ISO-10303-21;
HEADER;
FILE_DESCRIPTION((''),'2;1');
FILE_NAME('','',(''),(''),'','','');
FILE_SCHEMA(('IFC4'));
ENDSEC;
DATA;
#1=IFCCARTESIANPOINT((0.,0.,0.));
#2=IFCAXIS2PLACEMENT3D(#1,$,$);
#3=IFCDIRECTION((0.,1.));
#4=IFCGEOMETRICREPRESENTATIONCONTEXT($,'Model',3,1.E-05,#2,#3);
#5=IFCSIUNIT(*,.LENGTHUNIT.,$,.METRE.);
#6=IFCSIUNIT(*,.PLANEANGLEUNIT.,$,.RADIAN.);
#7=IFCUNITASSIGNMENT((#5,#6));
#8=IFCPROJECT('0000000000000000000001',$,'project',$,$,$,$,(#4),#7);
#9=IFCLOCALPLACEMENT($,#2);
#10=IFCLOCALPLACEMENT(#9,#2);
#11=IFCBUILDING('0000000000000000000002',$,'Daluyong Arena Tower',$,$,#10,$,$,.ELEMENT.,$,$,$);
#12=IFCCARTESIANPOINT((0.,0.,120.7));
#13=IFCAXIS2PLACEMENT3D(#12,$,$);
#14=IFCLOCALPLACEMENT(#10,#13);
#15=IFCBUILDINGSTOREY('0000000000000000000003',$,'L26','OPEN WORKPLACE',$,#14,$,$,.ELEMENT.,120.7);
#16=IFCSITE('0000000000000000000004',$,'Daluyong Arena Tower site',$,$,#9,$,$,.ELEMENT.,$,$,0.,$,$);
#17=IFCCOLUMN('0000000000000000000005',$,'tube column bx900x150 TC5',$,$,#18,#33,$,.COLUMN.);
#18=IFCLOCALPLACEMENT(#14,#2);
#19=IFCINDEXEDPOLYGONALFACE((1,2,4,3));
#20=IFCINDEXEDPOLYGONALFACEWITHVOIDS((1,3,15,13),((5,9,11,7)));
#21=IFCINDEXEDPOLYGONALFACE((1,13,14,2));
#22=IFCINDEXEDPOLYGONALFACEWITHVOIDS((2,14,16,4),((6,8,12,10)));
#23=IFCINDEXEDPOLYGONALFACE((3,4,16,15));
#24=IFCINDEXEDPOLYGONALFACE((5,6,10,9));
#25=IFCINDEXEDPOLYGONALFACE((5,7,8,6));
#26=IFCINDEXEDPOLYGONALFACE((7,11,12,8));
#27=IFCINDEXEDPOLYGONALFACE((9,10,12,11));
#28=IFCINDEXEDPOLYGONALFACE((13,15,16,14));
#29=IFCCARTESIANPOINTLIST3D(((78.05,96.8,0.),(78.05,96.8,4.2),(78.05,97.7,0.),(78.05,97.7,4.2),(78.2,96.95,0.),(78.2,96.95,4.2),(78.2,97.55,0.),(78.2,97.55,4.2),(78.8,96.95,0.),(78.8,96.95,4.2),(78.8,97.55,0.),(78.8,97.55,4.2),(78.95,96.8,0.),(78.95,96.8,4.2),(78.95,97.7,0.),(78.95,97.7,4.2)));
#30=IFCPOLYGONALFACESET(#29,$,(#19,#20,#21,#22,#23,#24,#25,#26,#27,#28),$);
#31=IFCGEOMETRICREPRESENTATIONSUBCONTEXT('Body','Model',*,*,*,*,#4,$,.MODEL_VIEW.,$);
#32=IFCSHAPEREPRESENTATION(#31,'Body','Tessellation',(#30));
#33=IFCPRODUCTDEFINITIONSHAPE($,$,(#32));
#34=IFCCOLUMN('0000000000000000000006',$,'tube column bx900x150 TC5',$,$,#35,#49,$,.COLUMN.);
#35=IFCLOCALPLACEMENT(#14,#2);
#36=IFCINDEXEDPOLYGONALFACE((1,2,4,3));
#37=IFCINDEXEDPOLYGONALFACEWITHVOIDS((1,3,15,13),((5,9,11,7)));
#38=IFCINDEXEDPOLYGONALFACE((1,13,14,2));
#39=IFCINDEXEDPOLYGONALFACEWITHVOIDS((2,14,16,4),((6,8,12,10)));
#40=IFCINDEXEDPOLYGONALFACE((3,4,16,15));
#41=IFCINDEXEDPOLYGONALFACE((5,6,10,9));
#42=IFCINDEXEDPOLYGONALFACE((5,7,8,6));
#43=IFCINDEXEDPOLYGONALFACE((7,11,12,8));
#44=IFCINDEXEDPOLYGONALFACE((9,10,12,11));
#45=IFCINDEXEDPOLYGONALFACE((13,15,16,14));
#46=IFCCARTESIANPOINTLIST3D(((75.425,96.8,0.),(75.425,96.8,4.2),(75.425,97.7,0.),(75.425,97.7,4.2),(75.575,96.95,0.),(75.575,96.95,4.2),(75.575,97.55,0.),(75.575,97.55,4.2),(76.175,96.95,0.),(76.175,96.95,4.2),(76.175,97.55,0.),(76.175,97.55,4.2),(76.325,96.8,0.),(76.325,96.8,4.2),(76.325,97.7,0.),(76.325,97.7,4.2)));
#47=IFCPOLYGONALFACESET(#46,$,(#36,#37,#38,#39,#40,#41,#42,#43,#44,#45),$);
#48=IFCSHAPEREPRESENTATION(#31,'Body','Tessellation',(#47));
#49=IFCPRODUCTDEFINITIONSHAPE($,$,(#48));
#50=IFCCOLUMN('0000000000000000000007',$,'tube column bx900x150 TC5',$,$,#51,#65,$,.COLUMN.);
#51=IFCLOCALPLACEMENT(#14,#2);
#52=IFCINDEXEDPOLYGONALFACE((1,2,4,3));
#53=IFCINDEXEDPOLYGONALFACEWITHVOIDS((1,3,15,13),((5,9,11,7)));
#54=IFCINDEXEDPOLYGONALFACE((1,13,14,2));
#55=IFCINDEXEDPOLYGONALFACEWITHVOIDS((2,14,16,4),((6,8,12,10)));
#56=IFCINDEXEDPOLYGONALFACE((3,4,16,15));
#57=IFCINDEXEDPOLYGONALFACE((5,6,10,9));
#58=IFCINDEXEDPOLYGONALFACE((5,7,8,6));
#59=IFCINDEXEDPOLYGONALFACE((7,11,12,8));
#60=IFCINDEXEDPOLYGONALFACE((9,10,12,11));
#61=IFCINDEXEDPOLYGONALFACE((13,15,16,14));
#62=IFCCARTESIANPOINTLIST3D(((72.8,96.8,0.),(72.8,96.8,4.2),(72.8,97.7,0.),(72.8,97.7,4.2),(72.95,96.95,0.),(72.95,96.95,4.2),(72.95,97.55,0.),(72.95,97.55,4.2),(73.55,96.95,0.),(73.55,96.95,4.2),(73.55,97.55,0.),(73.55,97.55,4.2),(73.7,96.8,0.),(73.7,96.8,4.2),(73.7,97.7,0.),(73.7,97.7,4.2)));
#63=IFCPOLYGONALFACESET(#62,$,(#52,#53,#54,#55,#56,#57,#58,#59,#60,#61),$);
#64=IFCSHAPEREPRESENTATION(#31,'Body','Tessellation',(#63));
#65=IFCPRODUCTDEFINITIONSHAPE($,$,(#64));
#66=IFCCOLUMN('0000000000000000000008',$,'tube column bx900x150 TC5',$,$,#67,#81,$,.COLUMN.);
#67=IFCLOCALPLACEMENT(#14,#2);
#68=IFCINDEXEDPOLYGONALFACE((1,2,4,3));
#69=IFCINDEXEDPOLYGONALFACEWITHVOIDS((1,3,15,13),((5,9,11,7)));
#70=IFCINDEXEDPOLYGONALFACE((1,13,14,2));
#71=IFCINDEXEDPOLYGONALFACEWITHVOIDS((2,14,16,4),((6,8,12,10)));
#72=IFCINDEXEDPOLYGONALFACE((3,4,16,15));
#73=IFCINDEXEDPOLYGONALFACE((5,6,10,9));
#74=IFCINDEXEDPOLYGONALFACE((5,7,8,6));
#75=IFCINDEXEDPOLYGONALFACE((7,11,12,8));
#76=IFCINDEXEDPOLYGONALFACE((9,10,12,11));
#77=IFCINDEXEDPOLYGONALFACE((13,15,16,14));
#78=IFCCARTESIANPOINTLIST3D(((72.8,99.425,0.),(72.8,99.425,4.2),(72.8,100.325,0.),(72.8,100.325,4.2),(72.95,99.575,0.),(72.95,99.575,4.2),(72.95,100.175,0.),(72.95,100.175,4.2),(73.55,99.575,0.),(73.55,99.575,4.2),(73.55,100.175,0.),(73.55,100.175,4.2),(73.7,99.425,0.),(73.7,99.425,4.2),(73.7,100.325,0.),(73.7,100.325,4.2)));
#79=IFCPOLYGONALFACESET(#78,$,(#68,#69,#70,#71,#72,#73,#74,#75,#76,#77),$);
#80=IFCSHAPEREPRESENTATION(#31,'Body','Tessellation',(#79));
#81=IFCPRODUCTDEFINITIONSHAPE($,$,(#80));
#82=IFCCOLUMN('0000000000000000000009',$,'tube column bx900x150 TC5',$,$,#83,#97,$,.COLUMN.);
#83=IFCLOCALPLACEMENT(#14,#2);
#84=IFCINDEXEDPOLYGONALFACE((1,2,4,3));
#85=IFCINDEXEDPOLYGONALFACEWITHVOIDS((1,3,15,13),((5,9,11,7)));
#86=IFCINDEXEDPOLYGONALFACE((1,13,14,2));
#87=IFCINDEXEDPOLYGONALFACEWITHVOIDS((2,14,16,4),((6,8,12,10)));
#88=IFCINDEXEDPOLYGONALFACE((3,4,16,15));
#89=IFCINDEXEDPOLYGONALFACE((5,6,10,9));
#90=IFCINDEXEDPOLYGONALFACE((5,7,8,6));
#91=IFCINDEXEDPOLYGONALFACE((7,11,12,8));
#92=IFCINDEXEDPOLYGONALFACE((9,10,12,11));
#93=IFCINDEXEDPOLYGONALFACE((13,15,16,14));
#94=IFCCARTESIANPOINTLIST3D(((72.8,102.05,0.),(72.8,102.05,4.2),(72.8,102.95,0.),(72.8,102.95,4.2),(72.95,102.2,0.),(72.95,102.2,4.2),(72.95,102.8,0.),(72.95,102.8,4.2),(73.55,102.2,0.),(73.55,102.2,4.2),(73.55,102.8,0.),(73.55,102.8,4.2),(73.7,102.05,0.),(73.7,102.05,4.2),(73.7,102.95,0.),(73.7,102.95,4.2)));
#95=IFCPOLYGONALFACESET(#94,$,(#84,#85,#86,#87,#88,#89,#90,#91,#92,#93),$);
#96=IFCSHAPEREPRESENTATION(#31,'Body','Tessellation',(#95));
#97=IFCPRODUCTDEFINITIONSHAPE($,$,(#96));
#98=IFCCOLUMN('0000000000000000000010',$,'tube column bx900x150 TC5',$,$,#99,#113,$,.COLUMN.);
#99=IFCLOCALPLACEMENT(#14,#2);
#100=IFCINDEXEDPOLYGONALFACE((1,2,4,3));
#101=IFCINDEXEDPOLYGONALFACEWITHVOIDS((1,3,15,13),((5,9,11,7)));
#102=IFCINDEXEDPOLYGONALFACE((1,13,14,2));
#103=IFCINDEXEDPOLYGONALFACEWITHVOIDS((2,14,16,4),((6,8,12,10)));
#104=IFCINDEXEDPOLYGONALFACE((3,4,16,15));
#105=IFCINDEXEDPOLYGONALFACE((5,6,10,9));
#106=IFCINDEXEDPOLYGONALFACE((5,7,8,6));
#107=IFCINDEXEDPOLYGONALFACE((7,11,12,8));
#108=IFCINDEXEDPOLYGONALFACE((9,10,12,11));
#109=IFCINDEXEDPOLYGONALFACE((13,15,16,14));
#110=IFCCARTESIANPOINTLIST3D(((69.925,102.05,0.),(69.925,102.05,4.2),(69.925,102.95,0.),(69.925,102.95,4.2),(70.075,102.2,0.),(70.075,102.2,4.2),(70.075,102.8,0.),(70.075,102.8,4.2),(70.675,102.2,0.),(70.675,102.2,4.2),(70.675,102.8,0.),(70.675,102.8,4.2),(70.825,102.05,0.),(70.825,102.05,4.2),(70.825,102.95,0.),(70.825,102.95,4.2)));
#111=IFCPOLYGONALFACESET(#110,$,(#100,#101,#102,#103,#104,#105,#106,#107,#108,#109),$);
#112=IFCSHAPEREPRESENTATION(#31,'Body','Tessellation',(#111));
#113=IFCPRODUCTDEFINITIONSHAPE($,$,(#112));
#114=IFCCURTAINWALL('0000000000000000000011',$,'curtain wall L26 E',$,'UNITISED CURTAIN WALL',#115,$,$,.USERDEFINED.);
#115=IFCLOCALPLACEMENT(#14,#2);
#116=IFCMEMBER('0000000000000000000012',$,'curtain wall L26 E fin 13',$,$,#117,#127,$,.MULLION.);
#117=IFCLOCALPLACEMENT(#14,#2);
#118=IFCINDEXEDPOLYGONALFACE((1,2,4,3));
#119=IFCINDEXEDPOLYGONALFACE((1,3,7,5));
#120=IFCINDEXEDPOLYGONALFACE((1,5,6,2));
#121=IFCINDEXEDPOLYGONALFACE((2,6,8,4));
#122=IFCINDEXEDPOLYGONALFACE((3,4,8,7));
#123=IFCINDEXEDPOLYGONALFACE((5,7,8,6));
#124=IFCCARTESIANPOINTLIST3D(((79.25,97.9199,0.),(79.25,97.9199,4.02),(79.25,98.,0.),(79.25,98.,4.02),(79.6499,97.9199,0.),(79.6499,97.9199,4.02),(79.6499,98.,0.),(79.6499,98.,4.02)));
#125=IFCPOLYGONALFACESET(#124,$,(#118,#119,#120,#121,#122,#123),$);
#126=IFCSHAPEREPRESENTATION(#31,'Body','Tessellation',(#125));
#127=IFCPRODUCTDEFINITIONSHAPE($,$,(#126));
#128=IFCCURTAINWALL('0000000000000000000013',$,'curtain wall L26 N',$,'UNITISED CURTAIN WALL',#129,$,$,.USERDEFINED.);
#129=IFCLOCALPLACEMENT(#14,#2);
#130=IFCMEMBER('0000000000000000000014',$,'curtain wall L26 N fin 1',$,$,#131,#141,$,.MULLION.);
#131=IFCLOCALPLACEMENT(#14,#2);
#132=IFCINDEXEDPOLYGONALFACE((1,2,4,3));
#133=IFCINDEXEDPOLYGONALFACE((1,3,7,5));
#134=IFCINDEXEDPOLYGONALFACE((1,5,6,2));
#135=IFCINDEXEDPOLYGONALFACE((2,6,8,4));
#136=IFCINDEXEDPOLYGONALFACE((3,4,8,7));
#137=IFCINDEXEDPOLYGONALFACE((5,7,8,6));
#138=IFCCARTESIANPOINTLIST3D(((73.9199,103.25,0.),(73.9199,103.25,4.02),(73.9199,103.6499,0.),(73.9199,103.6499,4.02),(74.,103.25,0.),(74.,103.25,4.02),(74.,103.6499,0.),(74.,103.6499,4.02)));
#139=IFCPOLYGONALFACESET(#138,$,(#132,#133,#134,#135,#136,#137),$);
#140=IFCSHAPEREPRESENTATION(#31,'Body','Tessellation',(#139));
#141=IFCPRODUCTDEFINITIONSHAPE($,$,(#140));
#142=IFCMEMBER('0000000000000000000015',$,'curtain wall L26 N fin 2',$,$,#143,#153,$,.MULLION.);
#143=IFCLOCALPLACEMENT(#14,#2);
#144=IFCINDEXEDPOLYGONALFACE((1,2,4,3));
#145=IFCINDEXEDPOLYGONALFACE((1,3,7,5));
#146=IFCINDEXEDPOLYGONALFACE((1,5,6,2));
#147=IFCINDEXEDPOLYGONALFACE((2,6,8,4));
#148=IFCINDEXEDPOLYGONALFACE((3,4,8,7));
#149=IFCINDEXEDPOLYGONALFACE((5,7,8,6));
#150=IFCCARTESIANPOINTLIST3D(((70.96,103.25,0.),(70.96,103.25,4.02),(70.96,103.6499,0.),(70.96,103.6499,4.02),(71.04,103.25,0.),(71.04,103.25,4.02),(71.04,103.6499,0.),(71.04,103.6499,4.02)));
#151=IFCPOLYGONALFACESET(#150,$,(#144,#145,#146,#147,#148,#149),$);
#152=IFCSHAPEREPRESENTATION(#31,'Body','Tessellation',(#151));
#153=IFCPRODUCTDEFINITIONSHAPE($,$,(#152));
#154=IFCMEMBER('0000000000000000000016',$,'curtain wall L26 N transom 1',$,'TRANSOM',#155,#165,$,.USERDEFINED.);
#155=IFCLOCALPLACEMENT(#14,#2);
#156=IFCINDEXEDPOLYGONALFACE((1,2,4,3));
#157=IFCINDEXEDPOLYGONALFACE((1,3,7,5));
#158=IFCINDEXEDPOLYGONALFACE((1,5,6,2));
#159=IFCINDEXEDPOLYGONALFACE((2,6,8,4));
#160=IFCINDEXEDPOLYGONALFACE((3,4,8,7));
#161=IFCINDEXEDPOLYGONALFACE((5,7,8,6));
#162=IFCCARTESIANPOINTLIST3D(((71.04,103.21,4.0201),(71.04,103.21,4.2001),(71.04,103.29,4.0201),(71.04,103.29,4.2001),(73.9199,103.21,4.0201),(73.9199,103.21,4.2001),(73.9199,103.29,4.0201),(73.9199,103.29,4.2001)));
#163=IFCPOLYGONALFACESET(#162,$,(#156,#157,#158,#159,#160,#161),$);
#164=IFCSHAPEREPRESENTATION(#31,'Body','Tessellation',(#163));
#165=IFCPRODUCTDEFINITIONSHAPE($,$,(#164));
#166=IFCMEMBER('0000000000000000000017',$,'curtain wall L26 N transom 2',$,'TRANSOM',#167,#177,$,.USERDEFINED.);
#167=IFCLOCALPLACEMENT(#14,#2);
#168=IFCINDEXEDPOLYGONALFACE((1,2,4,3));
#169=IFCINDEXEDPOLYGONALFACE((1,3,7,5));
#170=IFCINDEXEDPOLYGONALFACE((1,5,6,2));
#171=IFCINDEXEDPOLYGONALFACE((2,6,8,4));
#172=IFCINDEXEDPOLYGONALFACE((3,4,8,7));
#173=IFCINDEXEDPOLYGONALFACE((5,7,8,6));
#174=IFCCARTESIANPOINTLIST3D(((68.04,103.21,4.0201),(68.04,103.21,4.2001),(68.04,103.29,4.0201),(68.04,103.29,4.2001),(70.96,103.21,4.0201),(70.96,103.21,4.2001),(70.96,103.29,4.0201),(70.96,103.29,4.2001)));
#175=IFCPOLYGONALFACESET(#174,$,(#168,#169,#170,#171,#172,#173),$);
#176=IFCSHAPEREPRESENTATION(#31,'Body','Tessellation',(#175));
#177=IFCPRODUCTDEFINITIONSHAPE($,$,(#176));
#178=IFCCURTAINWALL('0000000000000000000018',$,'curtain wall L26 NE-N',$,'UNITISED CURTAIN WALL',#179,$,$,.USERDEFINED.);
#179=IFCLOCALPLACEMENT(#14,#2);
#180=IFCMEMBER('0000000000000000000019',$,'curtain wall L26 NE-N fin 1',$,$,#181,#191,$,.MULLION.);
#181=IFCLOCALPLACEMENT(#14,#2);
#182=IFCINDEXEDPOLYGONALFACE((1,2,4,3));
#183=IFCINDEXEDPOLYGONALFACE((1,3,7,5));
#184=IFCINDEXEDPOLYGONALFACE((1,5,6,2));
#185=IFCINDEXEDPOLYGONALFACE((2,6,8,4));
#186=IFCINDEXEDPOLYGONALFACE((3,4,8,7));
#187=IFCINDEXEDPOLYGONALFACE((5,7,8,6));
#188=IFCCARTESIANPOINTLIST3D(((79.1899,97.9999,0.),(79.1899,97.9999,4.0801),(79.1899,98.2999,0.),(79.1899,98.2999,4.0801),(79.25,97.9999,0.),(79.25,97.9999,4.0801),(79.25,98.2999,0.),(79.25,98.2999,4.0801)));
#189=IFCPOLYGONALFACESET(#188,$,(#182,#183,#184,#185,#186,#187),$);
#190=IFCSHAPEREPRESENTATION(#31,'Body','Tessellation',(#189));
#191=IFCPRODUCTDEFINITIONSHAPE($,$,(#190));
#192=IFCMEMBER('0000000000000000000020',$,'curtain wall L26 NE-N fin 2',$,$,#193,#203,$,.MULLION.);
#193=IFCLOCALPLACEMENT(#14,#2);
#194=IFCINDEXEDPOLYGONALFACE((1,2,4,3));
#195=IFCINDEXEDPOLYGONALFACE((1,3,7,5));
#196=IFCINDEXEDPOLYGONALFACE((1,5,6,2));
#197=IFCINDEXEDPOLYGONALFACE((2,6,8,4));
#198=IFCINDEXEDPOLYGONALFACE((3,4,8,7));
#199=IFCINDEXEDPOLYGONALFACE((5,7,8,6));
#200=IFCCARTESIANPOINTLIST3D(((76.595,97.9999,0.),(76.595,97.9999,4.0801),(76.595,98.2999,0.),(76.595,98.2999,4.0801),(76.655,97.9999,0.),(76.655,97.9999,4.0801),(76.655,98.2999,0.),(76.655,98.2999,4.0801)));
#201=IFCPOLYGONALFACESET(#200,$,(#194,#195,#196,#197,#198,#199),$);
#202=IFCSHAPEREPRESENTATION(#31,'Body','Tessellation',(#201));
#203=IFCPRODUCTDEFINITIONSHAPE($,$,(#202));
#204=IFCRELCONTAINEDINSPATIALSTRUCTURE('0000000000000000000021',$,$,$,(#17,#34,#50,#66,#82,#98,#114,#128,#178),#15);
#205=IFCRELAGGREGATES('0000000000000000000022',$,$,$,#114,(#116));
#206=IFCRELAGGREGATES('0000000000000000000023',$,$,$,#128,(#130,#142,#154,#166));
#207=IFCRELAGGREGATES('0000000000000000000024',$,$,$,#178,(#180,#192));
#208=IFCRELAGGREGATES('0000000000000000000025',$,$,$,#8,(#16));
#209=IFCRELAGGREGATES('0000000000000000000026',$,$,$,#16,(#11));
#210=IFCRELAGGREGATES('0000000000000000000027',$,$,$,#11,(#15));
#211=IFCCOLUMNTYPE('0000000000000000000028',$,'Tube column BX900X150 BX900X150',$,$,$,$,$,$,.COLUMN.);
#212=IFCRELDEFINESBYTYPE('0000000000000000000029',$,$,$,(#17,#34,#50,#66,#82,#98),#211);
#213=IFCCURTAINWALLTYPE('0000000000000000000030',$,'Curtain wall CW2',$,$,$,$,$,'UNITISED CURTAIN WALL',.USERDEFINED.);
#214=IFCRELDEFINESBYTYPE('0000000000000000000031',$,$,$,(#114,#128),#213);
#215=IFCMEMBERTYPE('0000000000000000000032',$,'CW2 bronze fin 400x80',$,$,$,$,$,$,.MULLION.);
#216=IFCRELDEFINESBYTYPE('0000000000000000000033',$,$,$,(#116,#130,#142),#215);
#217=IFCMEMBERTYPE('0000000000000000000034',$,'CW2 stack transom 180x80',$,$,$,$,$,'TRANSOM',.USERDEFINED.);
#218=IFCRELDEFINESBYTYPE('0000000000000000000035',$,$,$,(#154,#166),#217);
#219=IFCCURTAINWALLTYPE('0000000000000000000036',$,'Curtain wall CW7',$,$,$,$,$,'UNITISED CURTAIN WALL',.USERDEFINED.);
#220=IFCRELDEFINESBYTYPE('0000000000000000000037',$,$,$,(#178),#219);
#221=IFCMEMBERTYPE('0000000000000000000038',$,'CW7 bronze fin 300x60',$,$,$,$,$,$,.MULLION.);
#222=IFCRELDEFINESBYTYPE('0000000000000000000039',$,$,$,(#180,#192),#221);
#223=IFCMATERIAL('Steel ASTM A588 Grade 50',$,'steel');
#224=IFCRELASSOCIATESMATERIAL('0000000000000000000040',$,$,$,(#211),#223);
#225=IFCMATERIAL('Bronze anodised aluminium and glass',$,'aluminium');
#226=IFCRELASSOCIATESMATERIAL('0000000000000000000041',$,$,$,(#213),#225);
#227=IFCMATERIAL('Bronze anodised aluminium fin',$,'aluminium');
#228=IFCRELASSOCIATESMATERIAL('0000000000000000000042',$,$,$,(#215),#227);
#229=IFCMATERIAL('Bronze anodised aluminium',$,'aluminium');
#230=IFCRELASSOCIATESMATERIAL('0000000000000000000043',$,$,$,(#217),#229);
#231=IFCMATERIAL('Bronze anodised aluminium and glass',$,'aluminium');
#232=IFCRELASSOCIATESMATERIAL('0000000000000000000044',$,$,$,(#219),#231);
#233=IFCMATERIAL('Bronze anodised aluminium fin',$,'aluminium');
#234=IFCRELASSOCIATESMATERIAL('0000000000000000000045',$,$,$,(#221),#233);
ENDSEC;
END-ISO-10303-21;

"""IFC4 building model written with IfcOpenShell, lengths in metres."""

from ifc_helpers import new_model, si_unit, direction, frame, origin, origin_2d, place, context, subcontext, project, spatial, rectangle, hollow_rectangle, extrude, material, material_profile, profile_set, type_object, element, aggregate, save


model = new_model("IFC4")

# Units and contexts
model_context = context("Model", 3, precision=1e-05, world=origin(), true_north=direction((0.0, 1.0)))
body_context = subcontext(model_context, "Body", "Model", "MODEL_VIEW")
ifc_project = project(units=[si_unit("LENGTHUNIT", "METRE"), si_unit("PLANEANGLEUNIT", "RADIAN")], contexts=[model_context])

# Site, building, storey
site_placement = place(None, origin())
site = spatial("IfcSite", under=ifc_project, at=site_placement, Name="Daluyong Arena Tower site", CompositionType="ELEMENT", RefElevation=0.0)
building_placement = place(site_placement, origin())
building = spatial("IfcBuilding", under=site, at=building_placement, Name="Daluyong Arena Tower", CompositionType="ELEMENT")
storey_placement = place(building_placement, frame((0.0, 0.0, 120.7)))
storey = spatial("IfcBuildingStorey", under=building, at=storey_placement, Name="L26", Description="OPEN WORKPLACE", CompositionType="ELEMENT", Elevation=120.7)

# Columns
ifc_material_1 = material(Name="Steel ASTM A588 Grade 50", Category="steel")
ifc_material_profile_1 = material_profile(ifc_material_1, hollow_rectangle(XDim=0.8999, YDim=0.8999, WallThickness=0.15, at=origin_2d()))
ifc_profile_set_1 = profile_set([ifc_material_profile_1], Name="Steel ASTM A588 Grade 50")
column_type = type_object("IfcColumnType", Name="Tube column BX900X150 BX900X150", PredefinedType="COLUMN", material=ifc_profile_set_1)
for number, where, z_axis, x_axis, name in (
    (1, (78.5, 97.25, 0.0), (0.0, 0.0, 1.0), (1.0, 0.0, 0.0), "tube column bx900x150 TC5"),
    (2, (75.875, 97.25, 0.0), (0.0, 0.0, 1.0), (1.0, 0.0, 0.0), "tube column bx900x150 TC5"),
    (3, (73.25, 97.25, 0.0), (0.0, 0.0, 1.0), (0.0, 1.0, 0.0), "tube column bx900x150 TC5"),
    (4, (73.25, 99.875, 0.0), (0.0, 0.0, 1.0), (0.0, 1.0, 0.0), "tube column bx900x150 TC5"),
    (5, (73.25, 102.5, 0.0), (0.0, 0.0, 1.0), (1.0, 0.0, 0.0), "tube column bx900x150 TC5"),
    (6, (70.375, 102.5, 0.0), (0.0, 0.0, 1.0), (1.0, 0.0, 0.0), "tube column bx900x150 TC5"),
):
    element("IfcColumn", number, at=place(storey_placement, frame(where, z_axis=z_axis, x_axis=x_axis)), inside=storey, type_object=column_type, Name=name, PredefinedType="COLUMN", context=body_context, shape_type="SweptSolid", body=[
        extrude(hollow_rectangle(XDim=0.8999, YDim=0.8999, WallThickness=0.15, at=origin_2d()), origin(), (0.0, 0.0, 1.0), 4.2),
    ])

# Curtain wall, member
ifc_material_2 = material(Name="Bronze anodised aluminium and glass", Category="aluminium")
curtain_wall_type_1 = type_object("IfcCurtainWallType", Name="Curtain wall CW2", ElementType="UNITISED CURTAIN WALL", PredefinedType="USERDEFINED", material=ifc_material_2)
curtain_wall_1_placement = place(storey_placement, origin())
curtain_wall_1 = element("IfcCurtainWall", 7, at=curtain_wall_1_placement, inside=storey, type_object=curtain_wall_type_1, Name="curtain wall L26 E", ObjectType="UNITISED CURTAIN WALL", PredefinedType="USERDEFINED")
ifc_material_3 = material(Name="Bronze anodised aluminium fin", Category="aluminium")
ifc_material_profile_2 = material_profile(ifc_material_3, rectangle(XDim=0.3999, YDim=0.0801, at=origin_2d()))
ifc_profile_set_2 = profile_set([ifc_material_profile_2], Name="Bronze anodised aluminium fin")
member_type_1 = type_object("IfcMemberType", Name="CW2 bronze fin 400x80", PredefinedType="MULLION", material=ifc_profile_set_2)
member_1_placement = place(storey_placement, frame((79.45, 97.96, 0.0), z_axis=(0.0, 0.0, 1.0), x_axis=(-1.0, 0.0, 0.0)))
member_1 = element("IfcMember", 8, at=member_1_placement, type_object=member_type_1, Name="curtain wall L26 E fin 13", PredefinedType="MULLION", context=body_context, shape_type="SweptSolid", body=[
    extrude(rectangle(XDim=0.3999, YDim=0.0801, at=origin_2d()), origin(), (0.0, 0.0, 1.0), 4.02),
])
aggregate(curtain_wall_1, [member_1])

# Curtain walls, members
curtain_wall_2_placement = place(storey_placement, origin())
curtain_wall_2 = element("IfcCurtainWall", 9, at=curtain_wall_2_placement, inside=storey, type_object=curtain_wall_type_1, Name="curtain wall L26 N", ObjectType="UNITISED CURTAIN WALL", PredefinedType="USERDEFINED")
member_2_placement = place(storey_placement, frame((73.96, 103.45, 0.0), z_axis=(0.0, 0.0, 1.0), x_axis=(0.0, -1.0, 0.0)))
member_2 = element("IfcMember", 10, at=member_2_placement, type_object=member_type_1, Name="curtain wall L26 N fin 1", PredefinedType="MULLION", context=body_context, shape_type="SweptSolid", body=[
    extrude(rectangle(XDim=0.3999, YDim=0.0801, at=origin_2d()), origin(), (0.0, 0.0, 1.0), 4.02),
])
member_3_placement = place(storey_placement, frame((71.0, 103.45, 0.0), z_axis=(0.0, 0.0, 1.0), x_axis=(0.0, -1.0, 0.0)))
member_3 = element("IfcMember", 11, at=member_3_placement, type_object=member_type_1, Name="curtain wall L26 N fin 2", PredefinedType="MULLION", context=body_context, shape_type="SweptSolid", body=[
    extrude(rectangle(XDim=0.3999, YDim=0.0801, at=origin_2d()), origin(), (0.0, 0.0, 1.0), 4.02),
])
ifc_material_4 = material(Name="Bronze anodised aluminium", Category="aluminium")
ifc_material_profile_3 = material_profile(ifc_material_4, rectangle(XDim=0.0801, YDim=0.1799, at=origin_2d()))
ifc_profile_set_3 = profile_set([ifc_material_profile_3], Name="Bronze anodised aluminium")
member_type_2 = type_object("IfcMemberType", Name="CW2 stack transom 180x80", ElementType="TRANSOM", PredefinedType="USERDEFINED", material=ifc_profile_set_3)
member_4_placement = place(storey_placement, frame((73.9199, 103.25, 4.1101), z_axis=(-1.0, 0.0, 0.0), x_axis=(0.0, -1.0, 0.0)))
member_4 = element("IfcMember", 12, at=member_4_placement, type_object=member_type_2, Name="curtain wall L26 N transom 1", ObjectType="TRANSOM", PredefinedType="USERDEFINED", context=body_context, shape_type="SweptSolid", body=[
    extrude(rectangle(XDim=0.0801, YDim=0.1799, at=origin_2d()), origin(), (0.0, 0.0, 1.0), 2.8799),
])
member_5_placement = place(storey_placement, frame((70.96, 103.25, 4.1101), z_axis=(-1.0, 0.0, 0.0), x_axis=(0.0, -1.0, 0.0)))
member_5 = element("IfcMember", 13, at=member_5_placement, type_object=member_type_2, Name="curtain wall L26 N transom 2", ObjectType="TRANSOM", PredefinedType="USERDEFINED", context=body_context, shape_type="SweptSolid", body=[
    extrude(rectangle(XDim=0.0801, YDim=0.1799, at=origin_2d()), origin(), (0.0, 0.0, 1.0), 2.9199),
])
ifc_material_5 = material(Name="Bronze anodised aluminium and glass", Category="aluminium")
curtain_wall_type_2 = type_object("IfcCurtainWallType", Name="Curtain wall CW7", ElementType="UNITISED CURTAIN WALL", PredefinedType="USERDEFINED", material=ifc_material_5)
curtain_wall_3_placement = place(storey_placement, origin())
curtain_wall_3 = element("IfcCurtainWall", 14, at=curtain_wall_3_placement, inside=storey, type_object=curtain_wall_type_2, Name="curtain wall L26 NE-N", ObjectType="UNITISED CURTAIN WALL", PredefinedType="USERDEFINED")
ifc_material_6 = material(Name="Bronze anodised aluminium fin", Category="aluminium")
ifc_material_profile_4 = material_profile(ifc_material_6, rectangle(XDim=0.3, YDim=0.0601, at=origin_2d()))
ifc_profile_set_4 = profile_set([ifc_material_profile_4], Name="Bronze anodised aluminium fin")
member_type_3 = type_object("IfcMemberType", Name="CW7 bronze fin 300x60", PredefinedType="MULLION", material=ifc_profile_set_4)
member_6_placement = place(storey_placement, frame((79.22, 98.1499, 0.0), z_axis=(0.0, 0.0, 1.0), x_axis=(0.0, -1.0, 0.0)))
member_6 = element("IfcMember", 15, at=member_6_placement, type_object=member_type_3, Name="curtain wall L26 NE-N fin 1", PredefinedType="MULLION", context=body_context, shape_type="SweptSolid", body=[
    extrude(rectangle(XDim=0.3, YDim=0.0601, at=origin_2d()), origin(), (0.0, 0.0, 1.0), 4.0801),
])
member_7_placement = place(storey_placement, frame((76.625, 98.1499, 0.0), z_axis=(0.0, 0.0, 1.0), x_axis=(0.0, -1.0, 0.0)))
member_7 = element("IfcMember", 16, at=member_7_placement, type_object=member_type_3, Name="curtain wall L26 NE-N fin 2", PredefinedType="MULLION", context=body_context, shape_type="SweptSolid", body=[
    extrude(rectangle(XDim=0.3, YDim=0.0601, at=origin_2d()), origin(), (0.0, 0.0, 1.0), 4.0801),
])

aggregate(curtain_wall_2, [member_2, member_3, member_4, member_5])
aggregate(curtain_wall_3, [member_6, member_7])

save(model, "model.ifc")
